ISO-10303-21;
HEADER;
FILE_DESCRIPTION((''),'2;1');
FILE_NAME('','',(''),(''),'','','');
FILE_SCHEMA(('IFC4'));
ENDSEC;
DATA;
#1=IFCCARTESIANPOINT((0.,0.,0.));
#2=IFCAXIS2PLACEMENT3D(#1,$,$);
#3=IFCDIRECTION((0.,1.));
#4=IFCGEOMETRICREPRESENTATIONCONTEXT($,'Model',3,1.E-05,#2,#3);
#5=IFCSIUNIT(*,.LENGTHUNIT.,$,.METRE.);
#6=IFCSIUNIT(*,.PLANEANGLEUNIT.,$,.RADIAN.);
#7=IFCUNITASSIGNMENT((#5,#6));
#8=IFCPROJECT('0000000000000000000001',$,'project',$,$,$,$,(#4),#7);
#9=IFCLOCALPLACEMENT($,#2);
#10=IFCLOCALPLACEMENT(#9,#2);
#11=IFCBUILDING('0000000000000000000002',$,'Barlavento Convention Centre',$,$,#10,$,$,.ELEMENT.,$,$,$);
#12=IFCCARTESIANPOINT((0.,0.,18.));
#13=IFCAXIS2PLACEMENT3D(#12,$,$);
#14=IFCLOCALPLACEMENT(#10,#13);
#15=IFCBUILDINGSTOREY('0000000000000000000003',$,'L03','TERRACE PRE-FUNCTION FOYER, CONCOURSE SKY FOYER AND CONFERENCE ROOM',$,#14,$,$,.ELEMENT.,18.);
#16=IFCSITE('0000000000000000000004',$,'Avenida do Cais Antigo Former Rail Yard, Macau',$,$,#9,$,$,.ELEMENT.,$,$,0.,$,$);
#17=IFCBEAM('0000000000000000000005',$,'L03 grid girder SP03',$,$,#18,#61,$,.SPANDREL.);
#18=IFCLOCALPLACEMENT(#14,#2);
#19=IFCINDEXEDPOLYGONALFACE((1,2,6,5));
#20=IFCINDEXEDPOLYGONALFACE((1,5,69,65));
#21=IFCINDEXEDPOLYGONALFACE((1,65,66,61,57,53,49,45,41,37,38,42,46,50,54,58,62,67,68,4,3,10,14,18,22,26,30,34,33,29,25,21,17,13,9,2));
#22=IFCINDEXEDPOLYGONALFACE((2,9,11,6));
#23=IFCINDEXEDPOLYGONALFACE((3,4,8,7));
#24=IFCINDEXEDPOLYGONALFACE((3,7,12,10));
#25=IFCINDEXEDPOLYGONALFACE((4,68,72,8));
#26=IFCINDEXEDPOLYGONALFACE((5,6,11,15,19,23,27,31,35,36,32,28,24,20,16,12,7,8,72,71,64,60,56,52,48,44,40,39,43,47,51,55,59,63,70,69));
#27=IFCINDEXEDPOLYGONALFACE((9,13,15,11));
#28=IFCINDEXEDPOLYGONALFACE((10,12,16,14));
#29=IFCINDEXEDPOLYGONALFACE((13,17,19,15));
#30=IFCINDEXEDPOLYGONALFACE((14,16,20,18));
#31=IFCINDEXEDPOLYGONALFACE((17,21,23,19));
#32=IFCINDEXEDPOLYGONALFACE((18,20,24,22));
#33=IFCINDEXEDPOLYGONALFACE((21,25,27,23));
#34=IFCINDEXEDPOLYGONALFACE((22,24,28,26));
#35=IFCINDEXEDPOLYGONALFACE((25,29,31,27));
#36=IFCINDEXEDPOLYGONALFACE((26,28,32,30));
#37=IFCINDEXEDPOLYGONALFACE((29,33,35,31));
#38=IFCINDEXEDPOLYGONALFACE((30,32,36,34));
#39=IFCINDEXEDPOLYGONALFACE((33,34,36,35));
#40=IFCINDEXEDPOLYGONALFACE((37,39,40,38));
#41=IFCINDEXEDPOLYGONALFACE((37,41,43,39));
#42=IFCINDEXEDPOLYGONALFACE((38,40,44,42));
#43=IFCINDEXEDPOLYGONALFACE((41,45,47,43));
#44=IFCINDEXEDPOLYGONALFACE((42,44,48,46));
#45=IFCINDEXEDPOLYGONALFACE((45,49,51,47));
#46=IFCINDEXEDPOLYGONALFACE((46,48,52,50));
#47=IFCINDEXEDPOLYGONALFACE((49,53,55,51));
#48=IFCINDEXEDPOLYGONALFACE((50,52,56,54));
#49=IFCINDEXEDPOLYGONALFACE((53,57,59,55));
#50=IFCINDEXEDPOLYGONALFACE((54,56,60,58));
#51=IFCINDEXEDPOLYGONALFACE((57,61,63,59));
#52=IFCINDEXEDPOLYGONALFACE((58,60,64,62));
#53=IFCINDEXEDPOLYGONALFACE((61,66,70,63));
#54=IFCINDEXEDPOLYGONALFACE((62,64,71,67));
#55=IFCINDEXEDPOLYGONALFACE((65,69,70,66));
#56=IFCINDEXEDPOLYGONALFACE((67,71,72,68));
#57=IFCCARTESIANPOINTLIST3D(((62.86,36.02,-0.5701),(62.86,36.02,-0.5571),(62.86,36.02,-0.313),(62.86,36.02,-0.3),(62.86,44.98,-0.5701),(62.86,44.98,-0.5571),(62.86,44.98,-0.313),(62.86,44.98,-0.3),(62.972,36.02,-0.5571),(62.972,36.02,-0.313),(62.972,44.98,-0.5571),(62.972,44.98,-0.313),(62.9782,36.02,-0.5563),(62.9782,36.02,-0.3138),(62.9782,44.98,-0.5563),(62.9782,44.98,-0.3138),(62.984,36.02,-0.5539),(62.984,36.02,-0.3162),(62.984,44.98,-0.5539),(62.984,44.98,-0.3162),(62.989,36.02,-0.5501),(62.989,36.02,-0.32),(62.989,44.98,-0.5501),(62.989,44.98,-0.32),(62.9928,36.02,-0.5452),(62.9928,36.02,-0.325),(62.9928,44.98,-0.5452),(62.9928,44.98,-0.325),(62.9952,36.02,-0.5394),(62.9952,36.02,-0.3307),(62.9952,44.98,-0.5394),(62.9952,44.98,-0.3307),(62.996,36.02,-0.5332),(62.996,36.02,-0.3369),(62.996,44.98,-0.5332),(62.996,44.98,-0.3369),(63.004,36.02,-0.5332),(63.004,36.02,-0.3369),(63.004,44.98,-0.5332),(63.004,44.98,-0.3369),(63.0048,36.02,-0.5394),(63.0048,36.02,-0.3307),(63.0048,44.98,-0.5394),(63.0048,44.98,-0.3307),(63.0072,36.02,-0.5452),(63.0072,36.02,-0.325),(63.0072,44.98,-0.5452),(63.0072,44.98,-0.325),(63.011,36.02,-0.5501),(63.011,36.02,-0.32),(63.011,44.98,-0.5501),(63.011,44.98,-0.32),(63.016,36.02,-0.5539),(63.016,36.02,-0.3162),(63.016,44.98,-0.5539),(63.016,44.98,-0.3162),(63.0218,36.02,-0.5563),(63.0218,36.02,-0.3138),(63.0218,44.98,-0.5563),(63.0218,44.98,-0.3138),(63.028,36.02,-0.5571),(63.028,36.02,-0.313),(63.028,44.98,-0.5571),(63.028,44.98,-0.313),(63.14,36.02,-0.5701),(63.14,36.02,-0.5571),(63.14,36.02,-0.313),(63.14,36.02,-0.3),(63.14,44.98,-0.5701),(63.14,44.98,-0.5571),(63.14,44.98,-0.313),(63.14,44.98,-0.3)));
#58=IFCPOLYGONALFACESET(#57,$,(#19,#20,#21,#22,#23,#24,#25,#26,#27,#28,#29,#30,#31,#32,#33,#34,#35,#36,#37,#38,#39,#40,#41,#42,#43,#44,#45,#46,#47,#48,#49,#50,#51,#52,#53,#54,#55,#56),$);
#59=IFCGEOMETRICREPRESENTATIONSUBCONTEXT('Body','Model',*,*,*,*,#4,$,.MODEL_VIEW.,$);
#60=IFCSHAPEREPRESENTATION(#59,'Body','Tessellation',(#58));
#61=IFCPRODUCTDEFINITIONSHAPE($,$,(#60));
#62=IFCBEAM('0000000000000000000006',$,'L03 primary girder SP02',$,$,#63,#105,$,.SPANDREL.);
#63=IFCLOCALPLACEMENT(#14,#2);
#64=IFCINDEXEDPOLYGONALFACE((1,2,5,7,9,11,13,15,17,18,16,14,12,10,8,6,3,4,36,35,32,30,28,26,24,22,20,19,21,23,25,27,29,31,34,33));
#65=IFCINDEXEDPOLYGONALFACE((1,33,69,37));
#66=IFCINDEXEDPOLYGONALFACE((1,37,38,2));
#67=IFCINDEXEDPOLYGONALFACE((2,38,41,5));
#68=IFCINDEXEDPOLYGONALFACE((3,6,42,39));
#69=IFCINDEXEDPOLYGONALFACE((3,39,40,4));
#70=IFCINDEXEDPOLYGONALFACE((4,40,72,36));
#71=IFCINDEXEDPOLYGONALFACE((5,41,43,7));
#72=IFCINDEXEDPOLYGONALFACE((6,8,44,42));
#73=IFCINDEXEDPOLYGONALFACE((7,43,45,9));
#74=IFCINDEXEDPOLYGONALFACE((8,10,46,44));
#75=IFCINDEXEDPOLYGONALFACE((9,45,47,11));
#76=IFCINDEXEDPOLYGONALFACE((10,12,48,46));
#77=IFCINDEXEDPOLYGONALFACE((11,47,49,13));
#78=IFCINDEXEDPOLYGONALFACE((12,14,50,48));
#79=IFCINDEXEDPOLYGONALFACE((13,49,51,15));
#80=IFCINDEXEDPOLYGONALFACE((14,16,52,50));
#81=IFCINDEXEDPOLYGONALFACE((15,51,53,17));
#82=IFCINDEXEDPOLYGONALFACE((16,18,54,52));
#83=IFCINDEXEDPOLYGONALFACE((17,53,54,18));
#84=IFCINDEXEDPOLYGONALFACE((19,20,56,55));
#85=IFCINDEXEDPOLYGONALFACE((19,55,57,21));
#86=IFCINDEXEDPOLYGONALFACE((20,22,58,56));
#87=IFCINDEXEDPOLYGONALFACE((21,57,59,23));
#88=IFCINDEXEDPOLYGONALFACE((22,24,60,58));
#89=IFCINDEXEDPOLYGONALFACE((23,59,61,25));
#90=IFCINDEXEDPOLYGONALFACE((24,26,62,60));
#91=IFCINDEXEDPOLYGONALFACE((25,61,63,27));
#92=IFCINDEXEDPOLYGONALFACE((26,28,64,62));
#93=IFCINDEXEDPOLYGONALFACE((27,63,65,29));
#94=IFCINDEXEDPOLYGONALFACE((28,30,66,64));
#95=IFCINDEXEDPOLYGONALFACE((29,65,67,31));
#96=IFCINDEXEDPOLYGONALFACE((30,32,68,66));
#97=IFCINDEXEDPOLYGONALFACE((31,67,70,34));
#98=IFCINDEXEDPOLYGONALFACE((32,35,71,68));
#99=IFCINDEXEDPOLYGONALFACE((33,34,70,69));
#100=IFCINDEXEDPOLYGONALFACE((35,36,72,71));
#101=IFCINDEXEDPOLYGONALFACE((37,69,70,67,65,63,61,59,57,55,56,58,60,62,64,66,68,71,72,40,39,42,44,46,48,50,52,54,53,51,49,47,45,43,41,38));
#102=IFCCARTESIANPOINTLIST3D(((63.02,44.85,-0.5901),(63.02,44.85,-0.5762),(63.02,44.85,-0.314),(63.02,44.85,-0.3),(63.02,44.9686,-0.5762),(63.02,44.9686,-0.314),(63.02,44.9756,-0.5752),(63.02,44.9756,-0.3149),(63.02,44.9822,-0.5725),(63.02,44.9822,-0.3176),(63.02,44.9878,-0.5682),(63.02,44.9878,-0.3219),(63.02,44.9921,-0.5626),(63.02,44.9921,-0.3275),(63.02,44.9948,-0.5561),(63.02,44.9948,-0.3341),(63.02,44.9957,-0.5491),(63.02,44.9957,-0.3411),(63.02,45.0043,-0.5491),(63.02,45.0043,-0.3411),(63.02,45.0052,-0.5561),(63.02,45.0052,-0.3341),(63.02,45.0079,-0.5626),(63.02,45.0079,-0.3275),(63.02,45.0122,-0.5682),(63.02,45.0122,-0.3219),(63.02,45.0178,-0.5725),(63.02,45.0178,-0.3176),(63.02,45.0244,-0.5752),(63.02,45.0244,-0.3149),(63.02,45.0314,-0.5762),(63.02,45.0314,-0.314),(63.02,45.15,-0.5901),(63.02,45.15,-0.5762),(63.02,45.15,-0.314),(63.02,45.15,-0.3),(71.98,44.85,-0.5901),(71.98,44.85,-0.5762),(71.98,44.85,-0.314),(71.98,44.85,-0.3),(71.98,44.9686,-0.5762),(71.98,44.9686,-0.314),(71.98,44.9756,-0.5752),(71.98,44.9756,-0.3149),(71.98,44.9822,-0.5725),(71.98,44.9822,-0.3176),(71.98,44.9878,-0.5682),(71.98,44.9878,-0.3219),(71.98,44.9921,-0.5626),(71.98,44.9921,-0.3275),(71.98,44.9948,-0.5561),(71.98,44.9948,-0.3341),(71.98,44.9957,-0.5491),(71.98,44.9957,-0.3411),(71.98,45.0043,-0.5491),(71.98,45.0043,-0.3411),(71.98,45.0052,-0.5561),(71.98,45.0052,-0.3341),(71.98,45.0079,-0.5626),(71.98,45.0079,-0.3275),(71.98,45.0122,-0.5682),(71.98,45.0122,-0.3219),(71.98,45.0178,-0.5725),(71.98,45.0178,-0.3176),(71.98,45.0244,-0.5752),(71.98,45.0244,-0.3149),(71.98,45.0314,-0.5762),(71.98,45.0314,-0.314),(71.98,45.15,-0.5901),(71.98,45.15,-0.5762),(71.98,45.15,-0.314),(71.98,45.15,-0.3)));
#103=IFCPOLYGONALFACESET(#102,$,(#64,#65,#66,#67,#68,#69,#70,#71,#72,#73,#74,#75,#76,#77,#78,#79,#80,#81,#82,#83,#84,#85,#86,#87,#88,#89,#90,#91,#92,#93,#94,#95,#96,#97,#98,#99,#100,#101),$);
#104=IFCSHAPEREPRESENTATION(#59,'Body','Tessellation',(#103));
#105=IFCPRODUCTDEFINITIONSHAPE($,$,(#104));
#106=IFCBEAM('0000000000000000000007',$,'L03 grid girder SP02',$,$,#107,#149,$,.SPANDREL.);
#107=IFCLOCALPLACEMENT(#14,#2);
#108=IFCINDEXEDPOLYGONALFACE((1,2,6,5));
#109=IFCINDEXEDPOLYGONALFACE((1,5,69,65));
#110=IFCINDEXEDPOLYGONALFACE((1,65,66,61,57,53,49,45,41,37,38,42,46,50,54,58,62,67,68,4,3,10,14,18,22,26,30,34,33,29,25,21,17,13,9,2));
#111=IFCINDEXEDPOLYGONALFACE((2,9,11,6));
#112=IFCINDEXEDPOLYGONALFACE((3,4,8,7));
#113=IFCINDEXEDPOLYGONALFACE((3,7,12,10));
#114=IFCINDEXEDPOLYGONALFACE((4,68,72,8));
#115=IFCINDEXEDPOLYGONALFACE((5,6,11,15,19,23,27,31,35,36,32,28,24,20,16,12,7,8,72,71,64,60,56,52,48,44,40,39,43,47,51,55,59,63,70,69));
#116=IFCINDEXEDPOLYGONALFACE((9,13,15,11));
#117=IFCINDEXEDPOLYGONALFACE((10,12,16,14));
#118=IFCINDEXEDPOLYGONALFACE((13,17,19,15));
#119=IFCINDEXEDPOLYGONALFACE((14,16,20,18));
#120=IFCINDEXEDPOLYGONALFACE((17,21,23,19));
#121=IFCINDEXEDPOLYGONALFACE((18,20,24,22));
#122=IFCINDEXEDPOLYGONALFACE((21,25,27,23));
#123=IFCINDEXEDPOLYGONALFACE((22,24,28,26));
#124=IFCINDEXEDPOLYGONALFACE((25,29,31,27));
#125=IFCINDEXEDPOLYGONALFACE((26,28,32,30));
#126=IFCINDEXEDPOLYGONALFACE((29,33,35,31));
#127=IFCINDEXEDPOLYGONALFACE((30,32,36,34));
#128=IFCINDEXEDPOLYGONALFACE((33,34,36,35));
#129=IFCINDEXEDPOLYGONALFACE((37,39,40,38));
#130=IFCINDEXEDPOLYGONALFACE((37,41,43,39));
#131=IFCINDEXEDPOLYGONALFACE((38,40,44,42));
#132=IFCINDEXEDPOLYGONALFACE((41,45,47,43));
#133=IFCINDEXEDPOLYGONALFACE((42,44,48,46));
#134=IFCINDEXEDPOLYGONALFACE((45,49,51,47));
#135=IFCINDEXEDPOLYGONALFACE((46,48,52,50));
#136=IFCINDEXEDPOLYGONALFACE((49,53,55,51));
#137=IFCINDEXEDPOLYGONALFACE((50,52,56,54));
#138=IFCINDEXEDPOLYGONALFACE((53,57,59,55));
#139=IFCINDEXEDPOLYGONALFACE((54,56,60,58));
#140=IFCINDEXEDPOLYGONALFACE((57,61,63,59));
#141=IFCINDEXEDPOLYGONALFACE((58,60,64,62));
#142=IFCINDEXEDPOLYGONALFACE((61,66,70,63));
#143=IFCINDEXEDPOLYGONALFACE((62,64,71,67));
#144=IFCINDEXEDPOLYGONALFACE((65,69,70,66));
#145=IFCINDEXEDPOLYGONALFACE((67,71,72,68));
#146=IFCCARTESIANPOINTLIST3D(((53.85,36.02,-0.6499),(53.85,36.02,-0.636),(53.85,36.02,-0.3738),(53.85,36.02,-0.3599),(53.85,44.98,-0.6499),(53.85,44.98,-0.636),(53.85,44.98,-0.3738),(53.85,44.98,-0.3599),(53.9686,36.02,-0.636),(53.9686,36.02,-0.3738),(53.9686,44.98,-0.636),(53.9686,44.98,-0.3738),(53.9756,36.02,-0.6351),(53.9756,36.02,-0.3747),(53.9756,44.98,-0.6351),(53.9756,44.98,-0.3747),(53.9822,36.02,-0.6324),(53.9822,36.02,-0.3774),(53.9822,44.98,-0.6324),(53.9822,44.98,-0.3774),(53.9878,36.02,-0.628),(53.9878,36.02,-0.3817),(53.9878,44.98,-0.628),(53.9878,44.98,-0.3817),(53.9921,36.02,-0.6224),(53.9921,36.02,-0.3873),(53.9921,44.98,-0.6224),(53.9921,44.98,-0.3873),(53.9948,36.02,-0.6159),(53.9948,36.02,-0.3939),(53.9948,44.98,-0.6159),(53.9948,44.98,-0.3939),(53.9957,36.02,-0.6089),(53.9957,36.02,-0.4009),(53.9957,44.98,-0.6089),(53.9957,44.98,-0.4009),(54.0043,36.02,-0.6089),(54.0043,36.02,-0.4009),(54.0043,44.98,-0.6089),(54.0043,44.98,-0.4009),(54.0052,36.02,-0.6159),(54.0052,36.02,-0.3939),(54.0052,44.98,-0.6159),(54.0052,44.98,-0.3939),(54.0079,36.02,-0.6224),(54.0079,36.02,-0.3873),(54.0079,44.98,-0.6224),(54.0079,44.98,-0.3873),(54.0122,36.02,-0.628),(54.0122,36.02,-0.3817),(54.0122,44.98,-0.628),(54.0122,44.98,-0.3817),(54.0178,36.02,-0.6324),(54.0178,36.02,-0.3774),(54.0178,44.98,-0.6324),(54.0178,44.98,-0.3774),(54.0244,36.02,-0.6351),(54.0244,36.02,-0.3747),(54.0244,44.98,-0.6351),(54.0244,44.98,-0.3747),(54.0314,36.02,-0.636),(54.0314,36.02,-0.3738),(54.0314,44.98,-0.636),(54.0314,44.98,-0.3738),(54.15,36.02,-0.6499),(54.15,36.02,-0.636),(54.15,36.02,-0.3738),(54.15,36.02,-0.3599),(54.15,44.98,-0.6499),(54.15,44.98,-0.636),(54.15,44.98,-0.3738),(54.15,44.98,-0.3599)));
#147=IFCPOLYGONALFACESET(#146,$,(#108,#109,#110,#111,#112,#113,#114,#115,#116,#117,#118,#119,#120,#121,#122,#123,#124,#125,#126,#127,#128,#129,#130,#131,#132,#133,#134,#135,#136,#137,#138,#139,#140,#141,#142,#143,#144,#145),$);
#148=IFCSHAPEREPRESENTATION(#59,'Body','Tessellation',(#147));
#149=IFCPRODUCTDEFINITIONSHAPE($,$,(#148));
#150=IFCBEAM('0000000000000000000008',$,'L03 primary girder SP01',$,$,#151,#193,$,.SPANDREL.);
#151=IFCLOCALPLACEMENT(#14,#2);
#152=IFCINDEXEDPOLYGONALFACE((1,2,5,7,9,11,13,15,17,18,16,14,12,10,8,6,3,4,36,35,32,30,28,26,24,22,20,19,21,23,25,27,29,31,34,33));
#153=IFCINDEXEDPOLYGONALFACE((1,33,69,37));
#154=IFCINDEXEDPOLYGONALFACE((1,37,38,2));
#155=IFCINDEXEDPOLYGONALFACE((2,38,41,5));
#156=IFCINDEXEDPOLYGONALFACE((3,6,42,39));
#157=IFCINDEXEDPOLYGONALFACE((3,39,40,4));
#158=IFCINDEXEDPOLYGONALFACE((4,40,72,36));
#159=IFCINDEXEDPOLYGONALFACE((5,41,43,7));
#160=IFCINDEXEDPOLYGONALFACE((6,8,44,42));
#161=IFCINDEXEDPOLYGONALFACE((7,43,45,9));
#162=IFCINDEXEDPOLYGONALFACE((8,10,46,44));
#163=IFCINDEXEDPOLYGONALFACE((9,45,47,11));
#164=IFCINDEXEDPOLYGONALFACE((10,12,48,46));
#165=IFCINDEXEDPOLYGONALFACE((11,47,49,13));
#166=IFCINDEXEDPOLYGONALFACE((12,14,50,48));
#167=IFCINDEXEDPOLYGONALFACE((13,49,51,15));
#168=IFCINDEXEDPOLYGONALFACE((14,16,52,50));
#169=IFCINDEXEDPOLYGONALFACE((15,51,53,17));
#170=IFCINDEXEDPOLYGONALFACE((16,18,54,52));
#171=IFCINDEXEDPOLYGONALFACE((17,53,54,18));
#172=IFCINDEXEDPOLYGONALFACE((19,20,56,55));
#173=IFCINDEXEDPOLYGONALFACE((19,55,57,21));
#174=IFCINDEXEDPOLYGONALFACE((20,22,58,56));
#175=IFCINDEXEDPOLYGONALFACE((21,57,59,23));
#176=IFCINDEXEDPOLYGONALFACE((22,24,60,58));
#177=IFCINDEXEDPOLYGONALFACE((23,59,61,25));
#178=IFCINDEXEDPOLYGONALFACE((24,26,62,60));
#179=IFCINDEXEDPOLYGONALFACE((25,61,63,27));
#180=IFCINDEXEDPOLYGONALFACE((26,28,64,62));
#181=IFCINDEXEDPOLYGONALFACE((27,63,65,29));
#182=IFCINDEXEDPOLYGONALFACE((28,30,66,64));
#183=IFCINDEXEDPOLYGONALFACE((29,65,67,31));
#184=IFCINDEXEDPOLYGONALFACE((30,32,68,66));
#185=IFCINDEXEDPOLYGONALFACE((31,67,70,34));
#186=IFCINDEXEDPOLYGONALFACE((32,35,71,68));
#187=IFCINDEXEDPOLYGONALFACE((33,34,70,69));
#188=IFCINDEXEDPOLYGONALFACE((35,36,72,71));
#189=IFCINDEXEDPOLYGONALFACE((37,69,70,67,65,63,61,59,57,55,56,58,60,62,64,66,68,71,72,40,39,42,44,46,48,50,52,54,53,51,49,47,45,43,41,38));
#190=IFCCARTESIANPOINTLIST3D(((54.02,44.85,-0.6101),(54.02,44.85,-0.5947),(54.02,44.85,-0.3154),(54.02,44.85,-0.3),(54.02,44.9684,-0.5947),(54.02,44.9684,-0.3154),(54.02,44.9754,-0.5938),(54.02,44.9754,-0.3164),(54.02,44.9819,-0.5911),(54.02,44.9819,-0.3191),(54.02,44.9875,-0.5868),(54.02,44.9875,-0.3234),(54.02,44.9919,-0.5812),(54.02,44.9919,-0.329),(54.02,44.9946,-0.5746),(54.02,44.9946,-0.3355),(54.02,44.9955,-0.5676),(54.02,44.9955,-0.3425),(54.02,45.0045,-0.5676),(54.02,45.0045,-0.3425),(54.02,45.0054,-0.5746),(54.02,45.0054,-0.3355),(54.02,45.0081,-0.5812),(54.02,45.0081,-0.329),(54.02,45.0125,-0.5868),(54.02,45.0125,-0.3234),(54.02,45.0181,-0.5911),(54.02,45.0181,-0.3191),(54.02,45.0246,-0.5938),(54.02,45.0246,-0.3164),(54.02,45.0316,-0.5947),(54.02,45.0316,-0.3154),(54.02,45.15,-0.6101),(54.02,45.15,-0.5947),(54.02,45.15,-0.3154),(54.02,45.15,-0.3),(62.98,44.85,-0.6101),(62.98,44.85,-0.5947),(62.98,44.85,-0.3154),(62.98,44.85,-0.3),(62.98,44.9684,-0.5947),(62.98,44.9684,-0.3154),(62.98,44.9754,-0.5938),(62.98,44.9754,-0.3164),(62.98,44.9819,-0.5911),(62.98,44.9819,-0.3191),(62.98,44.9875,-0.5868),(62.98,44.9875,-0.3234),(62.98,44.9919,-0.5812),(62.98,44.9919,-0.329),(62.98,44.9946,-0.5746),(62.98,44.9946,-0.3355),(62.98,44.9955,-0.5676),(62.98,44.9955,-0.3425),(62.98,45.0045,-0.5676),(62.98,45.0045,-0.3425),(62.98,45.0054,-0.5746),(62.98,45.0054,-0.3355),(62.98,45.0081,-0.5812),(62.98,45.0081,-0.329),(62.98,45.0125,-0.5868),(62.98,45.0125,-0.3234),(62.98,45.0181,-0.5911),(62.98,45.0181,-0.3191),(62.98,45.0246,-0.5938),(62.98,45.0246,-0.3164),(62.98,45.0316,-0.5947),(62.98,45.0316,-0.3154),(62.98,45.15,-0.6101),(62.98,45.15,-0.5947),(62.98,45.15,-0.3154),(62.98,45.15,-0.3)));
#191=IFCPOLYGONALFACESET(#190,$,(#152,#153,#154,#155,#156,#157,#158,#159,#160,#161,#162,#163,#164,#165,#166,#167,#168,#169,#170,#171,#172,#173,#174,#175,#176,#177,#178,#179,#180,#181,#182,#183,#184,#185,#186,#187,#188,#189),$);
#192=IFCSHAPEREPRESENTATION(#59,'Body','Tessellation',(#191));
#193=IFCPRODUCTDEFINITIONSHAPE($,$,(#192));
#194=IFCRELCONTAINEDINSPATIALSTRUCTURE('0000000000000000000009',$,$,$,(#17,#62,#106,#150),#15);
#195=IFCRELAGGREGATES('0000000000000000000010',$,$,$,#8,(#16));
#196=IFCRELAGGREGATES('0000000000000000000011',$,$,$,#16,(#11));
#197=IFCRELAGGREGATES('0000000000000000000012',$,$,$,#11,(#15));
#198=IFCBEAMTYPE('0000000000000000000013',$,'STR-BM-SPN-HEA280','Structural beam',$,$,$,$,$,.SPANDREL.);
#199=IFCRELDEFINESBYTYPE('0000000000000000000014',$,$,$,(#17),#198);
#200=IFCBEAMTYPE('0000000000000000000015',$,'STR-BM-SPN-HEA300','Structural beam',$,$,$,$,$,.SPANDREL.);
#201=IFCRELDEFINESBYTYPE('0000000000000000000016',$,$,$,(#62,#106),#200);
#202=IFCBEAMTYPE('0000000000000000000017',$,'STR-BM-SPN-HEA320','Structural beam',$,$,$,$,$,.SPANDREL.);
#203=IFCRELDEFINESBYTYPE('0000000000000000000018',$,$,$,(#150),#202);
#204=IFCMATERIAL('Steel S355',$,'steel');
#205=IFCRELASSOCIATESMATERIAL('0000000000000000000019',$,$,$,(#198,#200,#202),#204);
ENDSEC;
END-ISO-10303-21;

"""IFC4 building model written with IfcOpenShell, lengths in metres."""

from ifc_helpers import new_model, si_unit, direction, frame, origin, origin_2d, place, context, subcontext, project, spatial, i_section, extrude, material, material_profile, profile_set, type_object, element, save


model = new_model("IFC4")

# Units and contexts
model_context = context("Model", 3, precision=1e-05, world=origin(), true_north=direction((0.0, 1.0)))
body_context = subcontext(model_context, "Body", "Model", "MODEL_VIEW")
ifc_project = project(units=[si_unit("LENGTHUNIT", "METRE"), si_unit("PLANEANGLEUNIT", "RADIAN")], contexts=[model_context])

# Site, building, storey
site_placement = place(None, origin())
site = spatial("IfcSite", under=ifc_project, at=site_placement, Name="Avenida do Cais Antigo Former Rail Yard, Macau", CompositionType="ELEMENT", RefElevation=0.0)
building_placement = place(site_placement, origin())
building = spatial("IfcBuilding", under=site, at=building_placement, Name="Barlavento Convention Centre", CompositionType="ELEMENT")
storey_placement = place(building_placement, frame((0.0, 0.0, 18.0)))
storey = spatial("IfcBuildingStorey", under=building, at=storey_placement, Name="L03", Description="TERRACE PRE-FUNCTION FOYER, CONCOURSE SKY FOYER AND CONFERENCE ROOM", CompositionType="ELEMENT", Elevation=18.0)

# Shared definitions
ifc_material_1 = material(Name="Steel S355", Category="steel")

# Beams
ifc_material_profile_1 = material_profile(ifc_material_1, i_section(OverallWidth=0.28, OverallDepth=0.27, WebThickness=0.0081, FlangeThickness=0.0129, FilletRadius=0.0239, at=origin_2d()), Name="HEA 280")
ifc_profile_set_1 = profile_set([ifc_material_profile_1], Name="Steel S355")
beam_type_1 = type_object("IfcBeamType", Name="STR-BM-SPN-HEA280", Description="Structural beam", PredefinedType="SPANDREL", material=ifc_profile_set_1)
beam_1_placement = place(storey_placement, frame((63.0, 36.02, -0.4351), z_axis=(0.0, 1.0, 0.0), x_axis=(-1.0, 0.0, 0.0)))
element("IfcBeam", 1, at=beam_1_placement, inside=storey, type_object=beam_type_1, Name="L03 grid girder SP03", PredefinedType="SPANDREL", context=body_context, shape_type="SweptSolid", body=[
    extrude(i_section(OverallWidth=0.28, OverallDepth=0.27, WebThickness=0.0081, FlangeThickness=0.0129, FilletRadius=0.0239, at=origin_2d()), origin(), (0.0, 0.0, 1.0), 8.96),
])
ifc_material_profile_2 = material_profile(ifc_material_1, i_section(OverallWidth=0.3, OverallDepth=0.29, WebThickness=0.0085, FlangeThickness=0.0139, FilletRadius=0.0271, at=origin_2d()), Name="HEA 300")
ifc_profile_set_2 = profile_set([ifc_material_profile_2], Name="Steel S355")
beam_type_2 = type_object("IfcBeamType", Name="STR-BM-SPN-HEA300", Description="Structural beam", PredefinedType="SPANDREL", material=ifc_profile_set_2)
for number, where, z_axis, x_axis, name in (
    (2, (63.02, 45.0, -0.4451), (1.0, 0.0, 0.0), (0.0, 1.0, 0.0), "L03 primary girder SP02"),
    (3, (54.0, 36.02, -0.5049), (0.0, 1.0, 0.0), (-1.0, 0.0, 0.0), "L03 grid girder SP02"),
):
    element("IfcBeam", number, at=place(storey_placement, frame(where, z_axis=z_axis, x_axis=x_axis)), inside=storey, type_object=beam_type_2, Name=name, PredefinedType="SPANDREL", context=body_context, shape_type="SweptSolid", body=[
        extrude(i_section(OverallWidth=0.3, OverallDepth=0.29, WebThickness=0.0085, FlangeThickness=0.0139, FilletRadius=0.0271, at=origin_2d()), origin(), (0.0, 0.0, 1.0), 8.96),
    ])
ifc_material_profile_3 = material_profile(ifc_material_1, i_section(OverallWidth=0.3, OverallDepth=0.3101, WebThickness=0.009, FlangeThickness=0.0154, FilletRadius=0.0271, at=origin_2d()), Name="HEA 320")
ifc_profile_set_3 = profile_set([ifc_material_profile_3], Name="Steel S355")
beam_type_3 = type_object("IfcBeamType", Name="STR-BM-SPN-HEA320", Description="Structural beam", PredefinedType="SPANDREL", material=ifc_profile_set_3)
beam_2_placement = place(storey_placement, frame((54.02, 45.0, -0.4551), z_axis=(1.0, 0.0, 0.0), x_axis=(0.0, 1.0, 0.0)))
element("IfcBeam", 4, at=beam_2_placement, inside=storey, type_object=beam_type_3, Name="L03 primary girder SP01", PredefinedType="SPANDREL", context=body_context, shape_type="SweptSolid", body=[
    extrude(i_section(OverallWidth=0.3, OverallDepth=0.3101, WebThickness=0.009, FlangeThickness=0.0154, FilletRadius=0.0271, at=origin_2d()), origin(), (0.0, 0.0, 1.0), 8.96),
])

save(model, "model.ifc")
